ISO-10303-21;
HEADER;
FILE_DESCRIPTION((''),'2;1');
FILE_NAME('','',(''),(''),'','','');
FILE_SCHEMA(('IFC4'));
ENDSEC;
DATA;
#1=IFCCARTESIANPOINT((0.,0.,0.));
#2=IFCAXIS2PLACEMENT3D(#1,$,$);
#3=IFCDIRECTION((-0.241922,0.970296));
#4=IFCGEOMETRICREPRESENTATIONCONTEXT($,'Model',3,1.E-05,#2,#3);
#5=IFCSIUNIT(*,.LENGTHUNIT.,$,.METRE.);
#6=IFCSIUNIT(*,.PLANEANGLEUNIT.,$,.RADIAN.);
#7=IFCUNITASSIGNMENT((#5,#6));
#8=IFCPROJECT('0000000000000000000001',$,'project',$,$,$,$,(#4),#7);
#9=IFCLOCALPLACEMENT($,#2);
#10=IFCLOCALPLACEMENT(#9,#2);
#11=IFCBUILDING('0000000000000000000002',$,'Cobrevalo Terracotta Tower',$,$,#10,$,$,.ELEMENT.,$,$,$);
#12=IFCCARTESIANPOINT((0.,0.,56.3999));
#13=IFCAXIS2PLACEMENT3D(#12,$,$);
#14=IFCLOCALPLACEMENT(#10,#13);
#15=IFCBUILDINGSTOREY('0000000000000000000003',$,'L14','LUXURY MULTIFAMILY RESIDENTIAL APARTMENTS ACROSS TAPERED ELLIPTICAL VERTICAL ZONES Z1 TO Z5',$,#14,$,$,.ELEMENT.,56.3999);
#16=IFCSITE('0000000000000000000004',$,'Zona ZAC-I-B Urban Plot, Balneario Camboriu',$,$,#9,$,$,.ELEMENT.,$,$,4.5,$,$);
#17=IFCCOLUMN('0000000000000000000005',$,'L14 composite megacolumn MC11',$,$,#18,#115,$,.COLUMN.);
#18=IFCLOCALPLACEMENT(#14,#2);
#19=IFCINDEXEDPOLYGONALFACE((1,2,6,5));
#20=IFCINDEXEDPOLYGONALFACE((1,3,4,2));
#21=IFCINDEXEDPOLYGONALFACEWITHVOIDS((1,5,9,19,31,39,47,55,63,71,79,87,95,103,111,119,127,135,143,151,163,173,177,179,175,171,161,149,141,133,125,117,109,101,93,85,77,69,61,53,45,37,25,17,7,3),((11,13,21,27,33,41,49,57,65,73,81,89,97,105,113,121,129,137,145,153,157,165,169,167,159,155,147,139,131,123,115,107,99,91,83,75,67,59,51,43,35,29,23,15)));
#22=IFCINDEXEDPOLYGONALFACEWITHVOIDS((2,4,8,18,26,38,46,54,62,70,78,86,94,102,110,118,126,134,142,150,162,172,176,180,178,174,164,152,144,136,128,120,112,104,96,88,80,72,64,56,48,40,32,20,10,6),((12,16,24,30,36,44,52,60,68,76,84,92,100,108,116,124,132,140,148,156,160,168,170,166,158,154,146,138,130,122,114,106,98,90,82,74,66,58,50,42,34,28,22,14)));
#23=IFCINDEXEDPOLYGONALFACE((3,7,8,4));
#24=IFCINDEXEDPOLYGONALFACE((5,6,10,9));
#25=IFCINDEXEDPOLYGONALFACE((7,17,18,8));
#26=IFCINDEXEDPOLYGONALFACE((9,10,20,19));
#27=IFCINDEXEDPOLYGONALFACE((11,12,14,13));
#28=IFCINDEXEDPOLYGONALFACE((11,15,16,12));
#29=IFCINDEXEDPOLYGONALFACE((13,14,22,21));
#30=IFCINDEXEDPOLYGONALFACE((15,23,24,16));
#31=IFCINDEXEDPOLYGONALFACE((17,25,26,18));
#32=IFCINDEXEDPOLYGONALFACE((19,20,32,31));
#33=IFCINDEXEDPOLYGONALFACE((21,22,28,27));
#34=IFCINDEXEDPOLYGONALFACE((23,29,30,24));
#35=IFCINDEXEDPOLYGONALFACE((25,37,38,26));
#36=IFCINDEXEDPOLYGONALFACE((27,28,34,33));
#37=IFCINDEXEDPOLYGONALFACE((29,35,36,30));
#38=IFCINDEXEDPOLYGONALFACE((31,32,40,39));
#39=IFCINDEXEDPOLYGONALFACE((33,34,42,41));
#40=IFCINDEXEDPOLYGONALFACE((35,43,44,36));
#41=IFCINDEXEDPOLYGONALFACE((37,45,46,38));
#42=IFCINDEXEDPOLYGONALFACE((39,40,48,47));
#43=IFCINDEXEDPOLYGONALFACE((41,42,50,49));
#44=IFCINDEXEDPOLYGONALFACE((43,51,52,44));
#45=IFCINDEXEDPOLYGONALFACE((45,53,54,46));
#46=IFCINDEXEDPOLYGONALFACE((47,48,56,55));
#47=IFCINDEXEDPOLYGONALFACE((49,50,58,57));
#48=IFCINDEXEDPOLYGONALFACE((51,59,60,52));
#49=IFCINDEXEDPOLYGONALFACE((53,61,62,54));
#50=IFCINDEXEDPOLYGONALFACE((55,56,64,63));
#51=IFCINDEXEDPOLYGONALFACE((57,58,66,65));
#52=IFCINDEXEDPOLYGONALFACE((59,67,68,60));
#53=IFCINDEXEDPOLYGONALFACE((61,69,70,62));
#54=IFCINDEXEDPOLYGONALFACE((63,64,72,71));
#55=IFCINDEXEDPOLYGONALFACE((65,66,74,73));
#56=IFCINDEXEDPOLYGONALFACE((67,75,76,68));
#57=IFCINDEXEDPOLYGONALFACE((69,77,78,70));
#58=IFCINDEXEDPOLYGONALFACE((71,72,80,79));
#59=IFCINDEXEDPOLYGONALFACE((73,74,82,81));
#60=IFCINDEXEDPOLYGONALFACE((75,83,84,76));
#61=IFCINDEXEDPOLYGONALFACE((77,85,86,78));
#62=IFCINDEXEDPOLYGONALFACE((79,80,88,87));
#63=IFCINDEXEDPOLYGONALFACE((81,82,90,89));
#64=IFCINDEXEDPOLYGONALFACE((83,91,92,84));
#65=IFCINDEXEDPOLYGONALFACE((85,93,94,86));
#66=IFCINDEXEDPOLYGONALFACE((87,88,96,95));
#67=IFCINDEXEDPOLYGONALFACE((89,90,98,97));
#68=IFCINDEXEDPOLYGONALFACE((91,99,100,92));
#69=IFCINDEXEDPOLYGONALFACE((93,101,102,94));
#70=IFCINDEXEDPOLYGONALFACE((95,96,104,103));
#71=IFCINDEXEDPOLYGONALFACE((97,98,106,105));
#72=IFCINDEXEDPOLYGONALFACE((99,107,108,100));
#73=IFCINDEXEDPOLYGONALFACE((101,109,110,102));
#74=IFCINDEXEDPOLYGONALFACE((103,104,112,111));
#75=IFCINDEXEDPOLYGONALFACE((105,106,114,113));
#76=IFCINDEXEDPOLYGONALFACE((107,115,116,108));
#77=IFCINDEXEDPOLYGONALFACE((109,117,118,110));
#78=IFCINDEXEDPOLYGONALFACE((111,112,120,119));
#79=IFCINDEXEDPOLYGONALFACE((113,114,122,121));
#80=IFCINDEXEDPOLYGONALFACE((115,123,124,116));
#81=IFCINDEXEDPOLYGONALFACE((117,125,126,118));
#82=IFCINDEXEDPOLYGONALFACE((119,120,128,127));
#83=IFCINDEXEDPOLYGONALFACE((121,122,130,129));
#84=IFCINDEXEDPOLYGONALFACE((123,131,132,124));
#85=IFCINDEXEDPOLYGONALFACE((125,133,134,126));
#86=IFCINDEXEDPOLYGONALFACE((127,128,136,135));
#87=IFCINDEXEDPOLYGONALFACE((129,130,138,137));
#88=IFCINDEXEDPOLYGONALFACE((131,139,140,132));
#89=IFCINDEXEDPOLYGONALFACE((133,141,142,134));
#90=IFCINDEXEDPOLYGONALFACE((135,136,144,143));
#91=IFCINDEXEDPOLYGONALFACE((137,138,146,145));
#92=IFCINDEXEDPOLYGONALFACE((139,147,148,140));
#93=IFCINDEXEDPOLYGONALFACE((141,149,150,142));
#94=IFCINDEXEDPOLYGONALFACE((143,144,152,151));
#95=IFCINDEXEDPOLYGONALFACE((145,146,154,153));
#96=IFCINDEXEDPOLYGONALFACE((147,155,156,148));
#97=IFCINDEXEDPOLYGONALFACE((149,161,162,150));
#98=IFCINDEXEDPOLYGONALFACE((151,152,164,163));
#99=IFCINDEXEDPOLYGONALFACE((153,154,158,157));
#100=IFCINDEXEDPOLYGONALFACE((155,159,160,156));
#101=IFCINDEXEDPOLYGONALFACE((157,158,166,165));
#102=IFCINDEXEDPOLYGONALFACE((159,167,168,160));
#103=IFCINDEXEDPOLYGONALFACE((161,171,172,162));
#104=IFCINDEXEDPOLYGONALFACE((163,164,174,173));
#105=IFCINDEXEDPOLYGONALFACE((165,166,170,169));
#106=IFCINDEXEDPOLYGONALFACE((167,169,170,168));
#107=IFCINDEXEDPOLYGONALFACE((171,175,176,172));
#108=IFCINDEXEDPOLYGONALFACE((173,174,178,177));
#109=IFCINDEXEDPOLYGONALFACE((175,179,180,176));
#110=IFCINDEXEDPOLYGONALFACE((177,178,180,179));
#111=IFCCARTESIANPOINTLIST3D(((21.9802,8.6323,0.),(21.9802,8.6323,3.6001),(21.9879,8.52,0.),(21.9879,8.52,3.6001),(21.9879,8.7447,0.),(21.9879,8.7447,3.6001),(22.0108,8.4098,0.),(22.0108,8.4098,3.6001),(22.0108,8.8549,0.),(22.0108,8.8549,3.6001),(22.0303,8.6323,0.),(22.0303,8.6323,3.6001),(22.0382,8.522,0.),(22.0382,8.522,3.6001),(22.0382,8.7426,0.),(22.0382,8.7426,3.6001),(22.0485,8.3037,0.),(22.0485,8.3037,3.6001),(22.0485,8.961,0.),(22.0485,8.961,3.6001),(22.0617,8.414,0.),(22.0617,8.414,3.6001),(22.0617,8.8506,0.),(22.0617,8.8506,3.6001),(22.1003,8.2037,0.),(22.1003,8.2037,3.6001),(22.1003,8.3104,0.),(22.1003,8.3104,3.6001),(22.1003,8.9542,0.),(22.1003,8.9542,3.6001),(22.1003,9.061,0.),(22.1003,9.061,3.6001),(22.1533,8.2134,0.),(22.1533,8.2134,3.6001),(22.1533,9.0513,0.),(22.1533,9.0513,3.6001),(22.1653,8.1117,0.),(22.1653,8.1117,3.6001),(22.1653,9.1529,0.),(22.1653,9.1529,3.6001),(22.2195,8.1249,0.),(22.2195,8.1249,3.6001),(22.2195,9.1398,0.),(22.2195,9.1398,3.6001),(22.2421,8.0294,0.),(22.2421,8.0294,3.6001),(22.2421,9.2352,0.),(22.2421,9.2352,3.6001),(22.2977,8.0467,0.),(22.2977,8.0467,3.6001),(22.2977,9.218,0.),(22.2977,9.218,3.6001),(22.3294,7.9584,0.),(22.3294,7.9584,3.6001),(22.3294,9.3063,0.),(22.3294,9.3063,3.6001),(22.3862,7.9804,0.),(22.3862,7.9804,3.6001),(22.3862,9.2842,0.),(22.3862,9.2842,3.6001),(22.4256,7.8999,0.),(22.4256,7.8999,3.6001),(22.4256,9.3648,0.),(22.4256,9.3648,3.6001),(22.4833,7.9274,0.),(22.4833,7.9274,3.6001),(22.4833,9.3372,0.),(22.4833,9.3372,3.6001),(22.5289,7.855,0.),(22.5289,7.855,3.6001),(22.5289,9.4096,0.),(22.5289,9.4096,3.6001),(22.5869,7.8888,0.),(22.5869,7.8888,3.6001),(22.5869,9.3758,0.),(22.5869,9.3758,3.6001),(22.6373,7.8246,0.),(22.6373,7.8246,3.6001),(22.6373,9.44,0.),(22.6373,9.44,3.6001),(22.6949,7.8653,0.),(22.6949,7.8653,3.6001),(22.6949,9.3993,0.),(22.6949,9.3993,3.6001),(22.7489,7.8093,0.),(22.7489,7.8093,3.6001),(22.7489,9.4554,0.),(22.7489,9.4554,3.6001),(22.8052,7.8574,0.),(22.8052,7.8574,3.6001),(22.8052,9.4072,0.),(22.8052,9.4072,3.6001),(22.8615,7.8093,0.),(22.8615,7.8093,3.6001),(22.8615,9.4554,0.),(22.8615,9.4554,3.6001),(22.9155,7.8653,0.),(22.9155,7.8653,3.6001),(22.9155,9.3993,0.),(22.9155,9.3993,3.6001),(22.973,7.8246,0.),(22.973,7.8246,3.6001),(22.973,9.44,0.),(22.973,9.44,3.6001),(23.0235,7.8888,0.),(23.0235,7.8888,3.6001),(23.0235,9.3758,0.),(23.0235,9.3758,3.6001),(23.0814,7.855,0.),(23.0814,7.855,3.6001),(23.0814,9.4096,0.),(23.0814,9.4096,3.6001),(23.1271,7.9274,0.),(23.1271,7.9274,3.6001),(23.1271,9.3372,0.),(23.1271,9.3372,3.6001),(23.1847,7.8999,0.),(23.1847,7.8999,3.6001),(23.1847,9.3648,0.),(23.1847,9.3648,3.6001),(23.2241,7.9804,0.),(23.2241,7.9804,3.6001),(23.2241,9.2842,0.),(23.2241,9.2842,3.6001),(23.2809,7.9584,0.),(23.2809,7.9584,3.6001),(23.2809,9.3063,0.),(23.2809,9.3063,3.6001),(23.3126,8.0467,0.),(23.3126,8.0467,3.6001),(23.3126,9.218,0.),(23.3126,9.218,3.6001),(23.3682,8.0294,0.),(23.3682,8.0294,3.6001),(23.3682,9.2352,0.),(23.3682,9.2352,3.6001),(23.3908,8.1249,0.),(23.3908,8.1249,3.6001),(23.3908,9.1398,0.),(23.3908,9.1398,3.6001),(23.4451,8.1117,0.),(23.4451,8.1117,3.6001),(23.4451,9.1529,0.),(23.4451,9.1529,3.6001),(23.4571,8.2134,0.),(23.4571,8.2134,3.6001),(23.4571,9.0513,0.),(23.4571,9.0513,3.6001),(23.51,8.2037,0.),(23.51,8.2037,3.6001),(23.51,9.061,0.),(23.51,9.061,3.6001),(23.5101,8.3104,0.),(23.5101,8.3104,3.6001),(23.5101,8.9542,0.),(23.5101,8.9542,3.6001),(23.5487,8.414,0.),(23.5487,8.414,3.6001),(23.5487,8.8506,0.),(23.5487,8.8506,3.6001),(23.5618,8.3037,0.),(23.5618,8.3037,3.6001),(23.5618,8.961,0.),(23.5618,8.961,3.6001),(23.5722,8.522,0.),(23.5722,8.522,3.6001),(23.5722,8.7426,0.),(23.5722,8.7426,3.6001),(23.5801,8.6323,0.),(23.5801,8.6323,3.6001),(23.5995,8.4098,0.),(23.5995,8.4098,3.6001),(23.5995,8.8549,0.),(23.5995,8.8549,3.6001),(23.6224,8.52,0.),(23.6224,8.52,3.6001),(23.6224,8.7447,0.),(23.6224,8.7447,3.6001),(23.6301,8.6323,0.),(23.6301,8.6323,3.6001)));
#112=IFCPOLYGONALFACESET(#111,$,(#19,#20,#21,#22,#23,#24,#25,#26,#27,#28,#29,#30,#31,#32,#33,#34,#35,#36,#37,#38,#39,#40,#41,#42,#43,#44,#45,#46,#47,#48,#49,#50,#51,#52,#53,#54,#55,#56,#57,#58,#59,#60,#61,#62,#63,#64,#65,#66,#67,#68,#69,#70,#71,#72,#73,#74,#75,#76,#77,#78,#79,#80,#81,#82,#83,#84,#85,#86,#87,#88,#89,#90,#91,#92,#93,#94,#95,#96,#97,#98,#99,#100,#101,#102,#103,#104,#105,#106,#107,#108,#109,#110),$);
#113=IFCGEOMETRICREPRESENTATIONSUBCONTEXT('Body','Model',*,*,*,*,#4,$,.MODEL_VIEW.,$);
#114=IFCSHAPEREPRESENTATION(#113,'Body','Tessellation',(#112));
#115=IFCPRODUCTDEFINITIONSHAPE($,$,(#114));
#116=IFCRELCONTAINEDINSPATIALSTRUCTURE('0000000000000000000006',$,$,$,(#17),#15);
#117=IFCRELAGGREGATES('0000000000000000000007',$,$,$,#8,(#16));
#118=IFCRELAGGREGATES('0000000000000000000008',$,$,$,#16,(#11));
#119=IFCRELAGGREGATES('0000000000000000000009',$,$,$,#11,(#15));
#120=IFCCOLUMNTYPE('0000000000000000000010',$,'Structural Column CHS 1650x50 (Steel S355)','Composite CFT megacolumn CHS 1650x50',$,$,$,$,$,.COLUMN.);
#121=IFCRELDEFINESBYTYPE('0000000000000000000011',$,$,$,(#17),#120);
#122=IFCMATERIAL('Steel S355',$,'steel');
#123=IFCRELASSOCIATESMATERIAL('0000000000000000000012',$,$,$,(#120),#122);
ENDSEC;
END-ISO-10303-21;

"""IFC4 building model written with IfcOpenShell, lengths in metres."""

from ifc_helpers import new_model, si_unit, direction, frame, origin, origin_2d, place, context, subcontext, project, spatial, hollow_circle, extrude, material, material_profile, profile_set, type_object, element, save


model = new_model("IFC4")

# Units and contexts
model_context = context("Model", 3, precision=1e-05, world=origin(), true_north=direction((-0.241922, 0.970296)))
body_context = subcontext(model_context, "Body", "Model", "MODEL_VIEW")
ifc_project = project(units=[si_unit("LENGTHUNIT", "METRE"), si_unit("PLANEANGLEUNIT", "RADIAN")], contexts=[model_context])

# Site, building, storey
site_placement = place(None, origin())
site = spatial("IfcSite", under=ifc_project, at=site_placement, Name="Zona ZAC-I-B Urban Plot, Balneario Camboriu", CompositionType="ELEMENT", RefElevation=4.5)
building_placement = place(site_placement, origin())
building = spatial("IfcBuilding", under=site, at=building_placement, Name="Cobrevalo Terracotta Tower", CompositionType="ELEMENT")
storey_placement = place(building_placement, frame((0.0, 0.0, 56.3999)))
storey = spatial("IfcBuildingStorey", under=building, at=storey_placement, Name="L14", Description="LUXURY MULTIFAMILY RESIDENTIAL APARTMENTS ACROSS TAPERED ELLIPTICAL VERTICAL ZONES Z1 TO Z5", CompositionType="ELEMENT", Elevation=56.3999)

# Column
ifc_material_1 = material(Name="Steel S355", Category="steel")
ifc_material_profile_1 = material_profile(ifc_material_1, hollow_circle(Radius=0.825, WallThickness=0.05, at=origin_2d()), Name="CHS 1650x50")
ifc_profile_set_1 = profile_set([ifc_material_profile_1], Name="Steel S355")
column_type = type_object("IfcColumnType", Name="Structural Column CHS 1650x50 (Steel S355)", Description="Composite CFT megacolumn CHS 1650x50", PredefinedType="COLUMN", material=ifc_profile_set_1)
for number, where, z_axis, x_axis, name in (
    (1, (22.8052, 8.6323, 0.0), (0.0, 0.0, 1.0), (1.0, 0.0, 0.0), "L14 composite megacolumn MC11"),
):
    element("IfcColumn", number, at=place(storey_placement, frame(where, z_axis=z_axis, x_axis=x_axis)), inside=storey, type_object=column_type, Name=name, PredefinedType="COLUMN", context=body_context, shape_type="SweptSolid", body=[
        extrude(hollow_circle(Radius=0.825, WallThickness=0.05, at=origin_2d()), origin(), (0.0, 0.0, 1.0), 3.6001),
    ])

save(model, "model.ifc")
